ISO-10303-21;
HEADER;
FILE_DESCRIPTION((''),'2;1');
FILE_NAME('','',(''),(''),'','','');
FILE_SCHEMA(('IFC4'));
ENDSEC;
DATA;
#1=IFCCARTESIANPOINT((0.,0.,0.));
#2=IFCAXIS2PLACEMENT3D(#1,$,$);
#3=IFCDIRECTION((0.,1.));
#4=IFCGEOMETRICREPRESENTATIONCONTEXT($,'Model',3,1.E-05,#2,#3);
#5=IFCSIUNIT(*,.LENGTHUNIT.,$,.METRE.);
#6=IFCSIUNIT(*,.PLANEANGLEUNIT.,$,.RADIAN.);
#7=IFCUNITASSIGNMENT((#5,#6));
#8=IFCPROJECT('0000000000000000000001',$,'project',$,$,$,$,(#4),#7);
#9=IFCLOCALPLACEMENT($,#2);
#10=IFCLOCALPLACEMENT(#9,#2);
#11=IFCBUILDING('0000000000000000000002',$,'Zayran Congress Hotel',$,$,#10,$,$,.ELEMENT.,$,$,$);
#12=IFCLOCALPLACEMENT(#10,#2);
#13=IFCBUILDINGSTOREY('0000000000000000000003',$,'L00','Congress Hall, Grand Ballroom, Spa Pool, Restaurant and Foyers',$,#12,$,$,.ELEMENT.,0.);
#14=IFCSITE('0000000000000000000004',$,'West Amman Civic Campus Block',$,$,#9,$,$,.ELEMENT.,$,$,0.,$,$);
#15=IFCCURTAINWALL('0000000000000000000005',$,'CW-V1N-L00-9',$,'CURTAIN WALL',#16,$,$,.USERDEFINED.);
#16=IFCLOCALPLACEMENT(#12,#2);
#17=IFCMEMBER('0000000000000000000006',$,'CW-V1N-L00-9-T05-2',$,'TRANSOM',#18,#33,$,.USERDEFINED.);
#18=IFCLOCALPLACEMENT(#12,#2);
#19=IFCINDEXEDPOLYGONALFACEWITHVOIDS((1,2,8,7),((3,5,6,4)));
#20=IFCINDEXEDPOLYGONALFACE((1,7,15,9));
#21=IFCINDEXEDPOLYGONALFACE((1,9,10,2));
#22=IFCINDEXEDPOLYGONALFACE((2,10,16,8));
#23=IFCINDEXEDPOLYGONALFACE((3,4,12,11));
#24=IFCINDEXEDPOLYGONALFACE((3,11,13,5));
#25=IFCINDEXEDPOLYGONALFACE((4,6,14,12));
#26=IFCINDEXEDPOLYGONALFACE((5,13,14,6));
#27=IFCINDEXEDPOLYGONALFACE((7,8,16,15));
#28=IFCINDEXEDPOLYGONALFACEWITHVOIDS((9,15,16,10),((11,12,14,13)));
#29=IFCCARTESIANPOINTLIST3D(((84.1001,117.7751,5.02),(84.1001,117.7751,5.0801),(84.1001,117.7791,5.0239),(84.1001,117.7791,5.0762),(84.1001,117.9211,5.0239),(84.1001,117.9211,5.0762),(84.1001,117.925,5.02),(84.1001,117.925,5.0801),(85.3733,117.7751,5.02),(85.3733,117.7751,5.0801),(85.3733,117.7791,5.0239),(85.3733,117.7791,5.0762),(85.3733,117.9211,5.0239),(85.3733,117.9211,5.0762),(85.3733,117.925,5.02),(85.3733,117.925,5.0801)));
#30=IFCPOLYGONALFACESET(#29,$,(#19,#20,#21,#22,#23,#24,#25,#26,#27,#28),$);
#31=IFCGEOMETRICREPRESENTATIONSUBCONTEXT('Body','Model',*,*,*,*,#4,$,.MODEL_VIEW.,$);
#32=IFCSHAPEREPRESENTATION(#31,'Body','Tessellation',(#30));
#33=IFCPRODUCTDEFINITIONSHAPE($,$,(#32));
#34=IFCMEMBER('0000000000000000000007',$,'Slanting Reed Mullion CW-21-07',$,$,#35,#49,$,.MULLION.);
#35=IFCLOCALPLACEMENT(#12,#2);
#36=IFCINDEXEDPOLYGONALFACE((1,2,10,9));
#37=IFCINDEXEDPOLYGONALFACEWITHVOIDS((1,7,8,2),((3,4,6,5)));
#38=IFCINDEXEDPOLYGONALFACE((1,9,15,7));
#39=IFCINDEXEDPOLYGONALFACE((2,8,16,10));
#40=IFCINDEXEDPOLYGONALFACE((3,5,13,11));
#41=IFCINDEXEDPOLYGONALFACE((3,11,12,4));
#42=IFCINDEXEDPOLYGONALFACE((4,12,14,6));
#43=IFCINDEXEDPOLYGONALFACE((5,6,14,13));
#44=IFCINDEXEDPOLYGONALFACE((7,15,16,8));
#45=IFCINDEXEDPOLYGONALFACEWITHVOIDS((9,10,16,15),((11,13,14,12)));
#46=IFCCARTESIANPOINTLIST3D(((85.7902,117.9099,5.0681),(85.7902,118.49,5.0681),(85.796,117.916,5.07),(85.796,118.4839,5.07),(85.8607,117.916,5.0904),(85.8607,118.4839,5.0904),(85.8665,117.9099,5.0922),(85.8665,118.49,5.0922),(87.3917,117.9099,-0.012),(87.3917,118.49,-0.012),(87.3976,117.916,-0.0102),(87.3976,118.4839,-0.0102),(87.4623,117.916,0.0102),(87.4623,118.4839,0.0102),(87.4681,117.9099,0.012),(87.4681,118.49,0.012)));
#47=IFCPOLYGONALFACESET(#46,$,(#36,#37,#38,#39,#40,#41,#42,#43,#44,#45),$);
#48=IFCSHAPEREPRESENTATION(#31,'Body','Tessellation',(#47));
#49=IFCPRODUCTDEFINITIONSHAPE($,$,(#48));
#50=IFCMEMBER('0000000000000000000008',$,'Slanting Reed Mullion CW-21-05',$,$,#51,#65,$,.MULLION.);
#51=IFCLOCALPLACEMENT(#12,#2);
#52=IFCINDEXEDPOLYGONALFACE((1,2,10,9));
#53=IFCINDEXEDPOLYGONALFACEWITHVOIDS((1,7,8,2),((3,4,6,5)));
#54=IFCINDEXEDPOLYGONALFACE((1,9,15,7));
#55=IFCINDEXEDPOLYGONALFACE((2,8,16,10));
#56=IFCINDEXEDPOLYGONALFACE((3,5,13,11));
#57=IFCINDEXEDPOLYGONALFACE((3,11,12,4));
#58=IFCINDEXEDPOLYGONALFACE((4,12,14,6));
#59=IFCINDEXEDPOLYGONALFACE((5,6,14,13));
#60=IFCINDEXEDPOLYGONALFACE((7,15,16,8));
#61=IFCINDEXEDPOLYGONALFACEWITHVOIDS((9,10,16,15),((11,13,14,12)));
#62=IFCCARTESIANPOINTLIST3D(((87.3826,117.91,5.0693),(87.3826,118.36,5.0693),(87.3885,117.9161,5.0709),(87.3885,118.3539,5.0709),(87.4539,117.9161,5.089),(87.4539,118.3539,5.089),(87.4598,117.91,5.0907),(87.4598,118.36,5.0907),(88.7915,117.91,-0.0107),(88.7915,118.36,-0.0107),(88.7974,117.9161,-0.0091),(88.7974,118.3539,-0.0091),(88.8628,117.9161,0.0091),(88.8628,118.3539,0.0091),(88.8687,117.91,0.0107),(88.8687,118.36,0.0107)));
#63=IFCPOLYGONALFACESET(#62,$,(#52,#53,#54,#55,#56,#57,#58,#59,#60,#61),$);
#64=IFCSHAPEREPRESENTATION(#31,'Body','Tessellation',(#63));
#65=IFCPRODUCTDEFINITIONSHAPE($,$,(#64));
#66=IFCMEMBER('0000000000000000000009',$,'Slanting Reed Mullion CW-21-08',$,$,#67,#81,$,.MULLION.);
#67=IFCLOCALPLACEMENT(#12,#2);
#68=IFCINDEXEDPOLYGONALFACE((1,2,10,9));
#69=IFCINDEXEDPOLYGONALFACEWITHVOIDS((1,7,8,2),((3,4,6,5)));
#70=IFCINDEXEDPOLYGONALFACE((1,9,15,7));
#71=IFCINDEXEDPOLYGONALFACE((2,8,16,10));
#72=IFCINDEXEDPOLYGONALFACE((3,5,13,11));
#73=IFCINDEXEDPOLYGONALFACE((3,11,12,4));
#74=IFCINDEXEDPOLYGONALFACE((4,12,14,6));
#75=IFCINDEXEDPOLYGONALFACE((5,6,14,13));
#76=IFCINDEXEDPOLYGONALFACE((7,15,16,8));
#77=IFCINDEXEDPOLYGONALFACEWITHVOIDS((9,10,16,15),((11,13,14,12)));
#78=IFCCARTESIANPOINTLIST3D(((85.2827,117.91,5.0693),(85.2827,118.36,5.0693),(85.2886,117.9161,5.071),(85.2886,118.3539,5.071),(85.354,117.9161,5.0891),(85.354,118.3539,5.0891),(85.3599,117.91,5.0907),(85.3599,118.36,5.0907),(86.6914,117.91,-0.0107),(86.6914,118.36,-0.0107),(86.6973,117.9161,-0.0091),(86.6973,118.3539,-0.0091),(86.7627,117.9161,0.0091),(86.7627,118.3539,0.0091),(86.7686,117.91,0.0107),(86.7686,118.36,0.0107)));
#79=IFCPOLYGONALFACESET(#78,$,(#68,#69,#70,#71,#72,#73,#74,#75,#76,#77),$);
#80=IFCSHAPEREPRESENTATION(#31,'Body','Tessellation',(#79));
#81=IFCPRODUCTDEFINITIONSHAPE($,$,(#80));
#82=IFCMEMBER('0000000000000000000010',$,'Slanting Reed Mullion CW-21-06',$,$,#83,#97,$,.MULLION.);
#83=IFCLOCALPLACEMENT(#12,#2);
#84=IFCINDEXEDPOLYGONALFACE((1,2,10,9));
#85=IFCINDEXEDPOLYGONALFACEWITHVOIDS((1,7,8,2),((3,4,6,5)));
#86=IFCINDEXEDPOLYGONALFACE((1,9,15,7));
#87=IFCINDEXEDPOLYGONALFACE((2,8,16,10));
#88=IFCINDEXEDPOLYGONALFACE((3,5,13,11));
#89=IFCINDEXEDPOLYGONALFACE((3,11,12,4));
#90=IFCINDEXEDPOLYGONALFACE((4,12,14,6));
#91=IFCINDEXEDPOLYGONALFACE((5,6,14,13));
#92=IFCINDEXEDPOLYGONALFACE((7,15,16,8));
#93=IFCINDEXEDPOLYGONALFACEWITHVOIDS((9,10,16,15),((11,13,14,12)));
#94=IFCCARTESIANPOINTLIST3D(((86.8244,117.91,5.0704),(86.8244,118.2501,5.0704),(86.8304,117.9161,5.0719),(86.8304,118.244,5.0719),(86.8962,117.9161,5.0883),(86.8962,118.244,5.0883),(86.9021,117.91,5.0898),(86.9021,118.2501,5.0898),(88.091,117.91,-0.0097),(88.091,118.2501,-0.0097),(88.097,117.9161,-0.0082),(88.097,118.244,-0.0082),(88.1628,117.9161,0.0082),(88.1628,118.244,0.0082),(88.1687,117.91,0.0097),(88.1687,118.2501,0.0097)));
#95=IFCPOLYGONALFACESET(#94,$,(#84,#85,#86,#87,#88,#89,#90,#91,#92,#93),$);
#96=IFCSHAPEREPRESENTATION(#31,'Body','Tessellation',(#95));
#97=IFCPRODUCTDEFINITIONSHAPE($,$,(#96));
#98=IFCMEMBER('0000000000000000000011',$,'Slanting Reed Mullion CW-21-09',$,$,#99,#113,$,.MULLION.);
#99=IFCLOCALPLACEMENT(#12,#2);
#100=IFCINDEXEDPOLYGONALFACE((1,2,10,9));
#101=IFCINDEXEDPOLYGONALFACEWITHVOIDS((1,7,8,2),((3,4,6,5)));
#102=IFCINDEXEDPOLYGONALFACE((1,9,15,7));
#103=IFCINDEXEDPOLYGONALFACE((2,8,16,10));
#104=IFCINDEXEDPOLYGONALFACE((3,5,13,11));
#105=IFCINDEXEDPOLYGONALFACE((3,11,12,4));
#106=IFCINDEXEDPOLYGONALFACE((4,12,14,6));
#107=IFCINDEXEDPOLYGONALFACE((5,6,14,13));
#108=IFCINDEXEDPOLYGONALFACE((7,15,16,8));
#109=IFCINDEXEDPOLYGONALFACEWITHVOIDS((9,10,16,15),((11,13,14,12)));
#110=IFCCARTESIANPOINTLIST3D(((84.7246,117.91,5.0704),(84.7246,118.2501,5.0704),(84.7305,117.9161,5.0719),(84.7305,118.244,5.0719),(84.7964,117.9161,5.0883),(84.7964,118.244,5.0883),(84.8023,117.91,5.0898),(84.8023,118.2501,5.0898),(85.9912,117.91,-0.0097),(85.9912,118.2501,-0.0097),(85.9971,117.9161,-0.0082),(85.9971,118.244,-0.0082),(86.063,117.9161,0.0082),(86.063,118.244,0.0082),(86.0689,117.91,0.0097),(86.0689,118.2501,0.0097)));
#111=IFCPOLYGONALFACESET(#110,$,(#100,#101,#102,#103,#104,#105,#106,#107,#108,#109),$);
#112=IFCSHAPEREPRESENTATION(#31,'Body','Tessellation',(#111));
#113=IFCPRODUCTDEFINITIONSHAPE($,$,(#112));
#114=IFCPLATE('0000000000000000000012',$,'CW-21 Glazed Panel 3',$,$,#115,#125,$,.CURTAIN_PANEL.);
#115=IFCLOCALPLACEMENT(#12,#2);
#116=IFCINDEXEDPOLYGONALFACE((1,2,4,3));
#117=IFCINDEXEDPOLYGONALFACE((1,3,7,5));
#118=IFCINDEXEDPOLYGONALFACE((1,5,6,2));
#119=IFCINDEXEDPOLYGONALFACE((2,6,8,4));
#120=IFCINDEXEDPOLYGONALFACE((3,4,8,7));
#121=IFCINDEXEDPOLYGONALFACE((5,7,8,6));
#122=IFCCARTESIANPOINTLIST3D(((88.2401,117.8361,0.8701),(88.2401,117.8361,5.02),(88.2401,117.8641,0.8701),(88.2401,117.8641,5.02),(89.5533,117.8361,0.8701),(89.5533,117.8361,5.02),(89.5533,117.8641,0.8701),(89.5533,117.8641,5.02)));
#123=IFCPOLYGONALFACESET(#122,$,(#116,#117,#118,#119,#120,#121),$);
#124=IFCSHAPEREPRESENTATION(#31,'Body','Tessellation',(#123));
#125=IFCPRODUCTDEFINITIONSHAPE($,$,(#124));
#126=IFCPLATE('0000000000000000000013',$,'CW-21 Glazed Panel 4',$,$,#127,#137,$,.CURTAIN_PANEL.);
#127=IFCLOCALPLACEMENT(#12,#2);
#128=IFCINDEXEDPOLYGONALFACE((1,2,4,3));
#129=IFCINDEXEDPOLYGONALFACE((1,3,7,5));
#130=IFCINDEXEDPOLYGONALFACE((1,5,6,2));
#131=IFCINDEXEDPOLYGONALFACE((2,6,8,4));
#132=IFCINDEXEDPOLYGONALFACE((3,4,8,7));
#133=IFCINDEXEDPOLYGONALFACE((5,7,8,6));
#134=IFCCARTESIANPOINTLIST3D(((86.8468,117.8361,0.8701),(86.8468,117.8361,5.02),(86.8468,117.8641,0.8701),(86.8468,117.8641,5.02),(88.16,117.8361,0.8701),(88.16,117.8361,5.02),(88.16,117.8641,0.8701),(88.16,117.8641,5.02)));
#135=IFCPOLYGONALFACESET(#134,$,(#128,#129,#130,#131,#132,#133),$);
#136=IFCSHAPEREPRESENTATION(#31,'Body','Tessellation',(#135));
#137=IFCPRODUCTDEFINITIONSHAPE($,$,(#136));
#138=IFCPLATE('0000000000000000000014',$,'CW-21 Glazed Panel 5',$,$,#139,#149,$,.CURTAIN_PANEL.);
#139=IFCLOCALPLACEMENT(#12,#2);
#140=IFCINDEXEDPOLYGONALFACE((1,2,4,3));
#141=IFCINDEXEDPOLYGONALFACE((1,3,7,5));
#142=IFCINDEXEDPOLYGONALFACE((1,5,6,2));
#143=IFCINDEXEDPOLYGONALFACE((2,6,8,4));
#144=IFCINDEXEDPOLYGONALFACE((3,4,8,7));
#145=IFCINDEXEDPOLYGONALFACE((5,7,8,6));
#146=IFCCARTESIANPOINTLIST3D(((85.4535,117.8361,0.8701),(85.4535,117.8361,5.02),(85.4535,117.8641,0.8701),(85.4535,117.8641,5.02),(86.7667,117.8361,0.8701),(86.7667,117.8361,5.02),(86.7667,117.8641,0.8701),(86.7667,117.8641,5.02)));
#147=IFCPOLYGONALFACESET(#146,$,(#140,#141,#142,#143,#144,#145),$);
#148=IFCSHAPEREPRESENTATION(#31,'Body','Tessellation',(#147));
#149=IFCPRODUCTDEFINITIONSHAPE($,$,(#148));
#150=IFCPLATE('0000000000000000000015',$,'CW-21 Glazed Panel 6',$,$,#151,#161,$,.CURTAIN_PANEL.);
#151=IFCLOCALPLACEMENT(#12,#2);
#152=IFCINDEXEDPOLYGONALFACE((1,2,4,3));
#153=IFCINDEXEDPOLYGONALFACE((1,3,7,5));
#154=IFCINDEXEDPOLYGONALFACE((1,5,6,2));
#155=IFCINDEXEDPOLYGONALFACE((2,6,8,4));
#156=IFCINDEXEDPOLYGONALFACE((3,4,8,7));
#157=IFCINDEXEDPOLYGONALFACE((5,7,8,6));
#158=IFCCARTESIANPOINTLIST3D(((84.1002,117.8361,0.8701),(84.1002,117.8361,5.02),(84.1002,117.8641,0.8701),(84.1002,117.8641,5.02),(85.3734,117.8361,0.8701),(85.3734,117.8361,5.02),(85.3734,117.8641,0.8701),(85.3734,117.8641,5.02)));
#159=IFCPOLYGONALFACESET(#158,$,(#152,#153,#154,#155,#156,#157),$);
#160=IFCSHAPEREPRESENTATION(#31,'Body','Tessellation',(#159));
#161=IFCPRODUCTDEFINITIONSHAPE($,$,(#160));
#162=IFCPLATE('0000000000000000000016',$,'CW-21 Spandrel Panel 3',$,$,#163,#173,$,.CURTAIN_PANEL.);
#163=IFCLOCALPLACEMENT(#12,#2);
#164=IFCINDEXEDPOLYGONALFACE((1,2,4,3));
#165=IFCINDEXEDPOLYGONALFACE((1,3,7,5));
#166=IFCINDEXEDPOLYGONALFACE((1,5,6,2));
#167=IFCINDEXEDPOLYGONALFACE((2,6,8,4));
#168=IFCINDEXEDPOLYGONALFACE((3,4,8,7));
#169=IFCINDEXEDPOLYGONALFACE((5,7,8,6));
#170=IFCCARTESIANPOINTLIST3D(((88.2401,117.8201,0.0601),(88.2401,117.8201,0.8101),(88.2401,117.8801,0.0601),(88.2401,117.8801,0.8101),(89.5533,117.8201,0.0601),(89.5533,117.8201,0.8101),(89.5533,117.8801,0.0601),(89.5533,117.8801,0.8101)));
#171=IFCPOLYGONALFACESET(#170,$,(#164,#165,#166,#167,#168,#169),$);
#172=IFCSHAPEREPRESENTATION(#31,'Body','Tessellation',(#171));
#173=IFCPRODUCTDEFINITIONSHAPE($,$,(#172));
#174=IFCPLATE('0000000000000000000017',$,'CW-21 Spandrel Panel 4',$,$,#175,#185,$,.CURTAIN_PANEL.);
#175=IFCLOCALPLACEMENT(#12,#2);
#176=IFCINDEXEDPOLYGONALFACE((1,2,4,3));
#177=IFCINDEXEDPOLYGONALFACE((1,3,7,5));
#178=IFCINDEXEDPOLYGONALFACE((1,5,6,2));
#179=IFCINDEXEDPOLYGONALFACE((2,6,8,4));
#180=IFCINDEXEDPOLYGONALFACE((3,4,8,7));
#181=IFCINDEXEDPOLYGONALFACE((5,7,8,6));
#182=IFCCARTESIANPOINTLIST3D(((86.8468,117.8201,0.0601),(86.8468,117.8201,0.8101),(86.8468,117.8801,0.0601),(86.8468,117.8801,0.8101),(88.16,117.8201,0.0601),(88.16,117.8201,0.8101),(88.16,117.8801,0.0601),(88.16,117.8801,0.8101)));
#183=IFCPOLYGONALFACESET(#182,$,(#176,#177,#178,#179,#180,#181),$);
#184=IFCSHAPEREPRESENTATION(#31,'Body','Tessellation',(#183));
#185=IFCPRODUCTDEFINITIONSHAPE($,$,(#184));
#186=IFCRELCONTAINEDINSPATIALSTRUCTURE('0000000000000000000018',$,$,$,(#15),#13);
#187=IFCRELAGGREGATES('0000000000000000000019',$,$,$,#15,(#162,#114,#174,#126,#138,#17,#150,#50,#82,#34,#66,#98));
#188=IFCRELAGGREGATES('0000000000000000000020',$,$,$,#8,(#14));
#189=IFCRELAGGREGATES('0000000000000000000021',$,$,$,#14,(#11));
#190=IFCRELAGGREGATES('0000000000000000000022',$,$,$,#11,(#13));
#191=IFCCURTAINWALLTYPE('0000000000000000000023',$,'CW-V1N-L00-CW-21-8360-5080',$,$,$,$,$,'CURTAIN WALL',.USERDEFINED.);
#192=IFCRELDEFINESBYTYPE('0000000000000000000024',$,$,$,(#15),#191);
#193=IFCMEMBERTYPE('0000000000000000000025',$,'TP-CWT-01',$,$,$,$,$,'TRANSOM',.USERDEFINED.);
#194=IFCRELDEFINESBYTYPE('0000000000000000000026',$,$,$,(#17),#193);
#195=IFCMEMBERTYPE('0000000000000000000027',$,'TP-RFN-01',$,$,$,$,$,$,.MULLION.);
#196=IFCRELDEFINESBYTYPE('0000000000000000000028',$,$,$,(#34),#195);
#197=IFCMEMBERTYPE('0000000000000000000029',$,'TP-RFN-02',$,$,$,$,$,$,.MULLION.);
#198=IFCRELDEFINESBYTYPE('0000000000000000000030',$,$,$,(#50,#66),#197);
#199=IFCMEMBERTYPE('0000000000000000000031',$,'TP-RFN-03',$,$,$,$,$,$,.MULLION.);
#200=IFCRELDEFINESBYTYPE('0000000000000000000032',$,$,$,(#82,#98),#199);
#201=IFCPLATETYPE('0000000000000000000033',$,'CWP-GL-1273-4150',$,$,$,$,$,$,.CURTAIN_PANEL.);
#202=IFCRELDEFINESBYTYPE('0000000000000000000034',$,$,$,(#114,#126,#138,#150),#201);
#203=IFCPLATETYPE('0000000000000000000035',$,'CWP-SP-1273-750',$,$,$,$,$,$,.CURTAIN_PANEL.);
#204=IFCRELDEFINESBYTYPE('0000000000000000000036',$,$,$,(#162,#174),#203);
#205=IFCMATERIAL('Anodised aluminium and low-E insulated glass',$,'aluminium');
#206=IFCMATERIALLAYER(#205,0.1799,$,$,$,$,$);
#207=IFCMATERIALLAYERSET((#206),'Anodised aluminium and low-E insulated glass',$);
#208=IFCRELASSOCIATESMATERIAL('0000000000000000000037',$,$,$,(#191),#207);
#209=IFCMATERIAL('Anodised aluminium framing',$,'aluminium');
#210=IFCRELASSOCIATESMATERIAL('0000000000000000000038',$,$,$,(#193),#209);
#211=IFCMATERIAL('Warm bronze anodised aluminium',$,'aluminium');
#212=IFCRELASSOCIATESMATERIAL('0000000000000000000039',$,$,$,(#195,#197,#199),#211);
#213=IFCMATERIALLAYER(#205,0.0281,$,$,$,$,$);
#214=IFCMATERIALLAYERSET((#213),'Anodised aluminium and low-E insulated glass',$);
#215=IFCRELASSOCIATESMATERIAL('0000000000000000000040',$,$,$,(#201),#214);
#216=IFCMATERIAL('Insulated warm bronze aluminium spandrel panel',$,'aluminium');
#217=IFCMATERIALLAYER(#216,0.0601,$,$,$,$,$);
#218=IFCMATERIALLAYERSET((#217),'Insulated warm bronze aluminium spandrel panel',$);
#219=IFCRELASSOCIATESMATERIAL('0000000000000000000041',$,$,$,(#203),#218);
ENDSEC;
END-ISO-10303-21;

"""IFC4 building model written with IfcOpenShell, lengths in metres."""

from ifc_helpers import new_model, si_unit, direction, frame, origin, origin_2d, place, context, subcontext, project, spatial, rectangle, hollow_rectangle, extrude, material, layer, layer_set, material_profile, profile_set, type_object, element, aggregate, save


model = new_model("IFC4")

# Units and contexts
model_context = context("Model", 3, precision=1e-05, world=origin(), true_north=direction((0.0, 1.0)))
body_context = subcontext(model_context, "Body", "Model", "MODEL_VIEW")
ifc_project = project(units=[si_unit("LENGTHUNIT", "METRE"), si_unit("PLANEANGLEUNIT", "RADIAN")], contexts=[model_context])

# Site, building, storey
site_placement = place(None, origin())
site = spatial("IfcSite", under=ifc_project, at=site_placement, Name="West Amman Civic Campus Block", CompositionType="ELEMENT", RefElevation=0.0)
building_placement = place(site_placement, origin())
building = spatial("IfcBuilding", under=site, at=building_placement, Name="Zayran Congress Hotel", CompositionType="ELEMENT")
storey_placement = place(building_placement, origin())
storey = spatial("IfcBuildingStorey", under=building, at=storey_placement, Name="L00", Description="Congress Hall, Grand Ballroom, Spa Pool, Restaurant and Foyers", CompositionType="ELEMENT", Elevation=0.0)

# Curtain wall, members, plates
ifc_material_1 = material(Name="Anodised aluminium and low-E insulated glass", Category="aluminium")
ifc_layer_1 = layer(ifc_material_1, 0.1799)
ifc_layer_set_1 = layer_set([ifc_layer_1], Name="Anodised aluminium and low-E insulated glass")
curtain_wall_type = type_object("IfcCurtainWallType", Name="CW-V1N-L00-CW-21-8360-5080", ElementType="CURTAIN WALL", PredefinedType="USERDEFINED", material=ifc_layer_set_1)
curtain_wall_placement = place(storey_placement, origin())
curtain_wall = element("IfcCurtainWall", 1, at=curtain_wall_placement, inside=storey, type_object=curtain_wall_type, Name="CW-V1N-L00-9", ObjectType="CURTAIN WALL", PredefinedType="USERDEFINED")
ifc_material_2 = material(Name="Anodised aluminium framing", Category="aluminium")
ifc_material_profile_1 = material_profile(ifc_material_2, hollow_rectangle(XDim=0.0601, YDim=0.1499, WallThickness=0.0039, at=origin_2d()), Name="RHS 150x60x4")
ifc_profile_set_1 = profile_set([ifc_material_profile_1], Name="Anodised aluminium framing")
member_type_1 = type_object("IfcMemberType", Name="TP-CWT-01", ElementType="TRANSOM", PredefinedType="USERDEFINED", material=ifc_profile_set_1)
member_1_placement = place(storey_placement, frame((85.3733, 117.8501, 5.05), z_axis=(-1.0, 0.0, 0.0), x_axis=(0.0, 0.0, 1.0)))
member_1 = element("IfcMember", 2, at=member_1_placement, type_object=member_type_1, Name="CW-V1N-L00-9-T05-2", ObjectType="TRANSOM", PredefinedType="USERDEFINED", context=body_context, shape_type="SweptSolid", body=[
    extrude(hollow_rectangle(XDim=0.0601, YDim=0.1499, WallThickness=0.0039, at=origin_2d()), origin(), (0.0, 0.0, 1.0), 1.2732),
])
ifc_material_3 = material(Name="Warm bronze anodised aluminium", Category="aluminium")
ifc_material_profile_2 = material_profile(ifc_material_3, hollow_rectangle(XDim=0.0801, YDim=0.5801, WallThickness=0.0061, at=origin_2d()), Name="RHS 580x80x6")
ifc_profile_set_2 = profile_set([ifc_material_profile_2], Name="Warm bronze anodised aluminium")
member_type_2 = type_object("IfcMemberType", Name="TP-RFN-01", PredefinedType="MULLION", material=ifc_profile_set_2)
member_2_placement = place(storey_placement, frame((87.4299, 118.2, 0.0), z_axis=(-0.300675, 0.0, 0.953727), x_axis=(0.953727, 0.0, 0.300675)))
member_2 = element("IfcMember", 3, at=member_2_placement, type_object=member_type_2, Name="Slanting Reed Mullion CW-21-07", PredefinedType="MULLION", context=body_context, shape_type="SweptSolid", body=[
    extrude(hollow_rectangle(XDim=0.0801, YDim=0.5801, WallThickness=0.0061, at=origin_2d()), origin(), (0.0, 0.0, 1.0), 5.3267),
])
ifc_material_profile_3 = material_profile(ifc_material_3, hollow_rectangle(XDim=0.0801, YDim=0.45, WallThickness=0.0061, at=origin_2d()), Name="RHS 450x80x6")
ifc_profile_set_3 = profile_set([ifc_material_profile_3], Name="Warm bronze anodised aluminium")
member_type_3 = type_object("IfcMemberType", Name="TP-RFN-02", PredefinedType="MULLION", material=ifc_profile_set_3)
member_3_placement = place(storey_placement, frame((88.8301, 118.135, 0.0), z_axis=(-0.267257, 0.0, 0.963625), x_axis=(0.963625, 0.0, 0.267257)))
member_3 = element("IfcMember", 4, at=member_3_placement, type_object=member_type_3, Name="Slanting Reed Mullion CW-21-05", PredefinedType="MULLION", context=body_context, shape_type="SweptSolid", body=[
    extrude(hollow_rectangle(XDim=0.0801, YDim=0.45, WallThickness=0.0061, at=origin_2d()), origin(), (0.0, 0.0, 1.0), 5.2717),
])
member_4_placement = place(storey_placement, frame((86.73, 118.135, 0.0), z_axis=(-0.267214, 0.0, 0.963637), x_axis=(0.963637, 0.0, 0.267214)))
member_4 = element("IfcMember", 5, at=member_4_placement, type_object=member_type_3, Name="Slanting Reed Mullion CW-21-08", PredefinedType="MULLION", context=body_context, shape_type="SweptSolid", body=[
    extrude(hollow_rectangle(XDim=0.0801, YDim=0.45, WallThickness=0.0061, at=origin_2d()), origin(), (0.0, 0.0, 1.0), 5.2717),
])
ifc_material_profile_4 = material_profile(ifc_material_3, hollow_rectangle(XDim=0.0801, YDim=0.3401, WallThickness=0.0061, at=origin_2d()), Name="RHS 340x80x6")
ifc_profile_set_4 = profile_set([ifc_material_profile_4], Name="Warm bronze anodised aluminium")
member_type_4 = type_object("IfcMemberType", Name="TP-RFN-03", PredefinedType="MULLION", material=ifc_profile_set_4)
member_5_placement = place(storey_placement, frame((88.1299, 118.0801, 0.0), z_axis=(-0.241921, 0.0, 0.970296), x_axis=(0.970296, 0.0, 0.241921)))
member_5 = element("IfcMember", 6, at=member_5_placement, type_object=member_type_4, Name="Slanting Reed Mullion CW-21-06", PredefinedType="MULLION", context=body_context, shape_type="SweptSolid", body=[
    extrude(hollow_rectangle(XDim=0.0801, YDim=0.3401, WallThickness=0.0061, at=origin_2d()), origin(), (0.0, 0.0, 1.0), 5.2356),
])
member_6_placement = place(storey_placement, frame((86.03, 118.0801, 0.0), z_axis=(-0.241921, 0.0, 0.970296), x_axis=(0.970296, 0.0, 0.241921)))
member_6 = element("IfcMember", 7, at=member_6_placement, type_object=member_type_4, Name="Slanting Reed Mullion CW-21-09", PredefinedType="MULLION", context=body_context, shape_type="SweptSolid", body=[
    extrude(hollow_rectangle(XDim=0.0801, YDim=0.3401, WallThickness=0.0061, at=origin_2d()), origin(), (0.0, 0.0, 1.0), 5.2356),
])
ifc_layer_2 = layer(ifc_material_1, 0.0281)
ifc_layer_set_2 = layer_set([ifc_layer_2], Name="Anodised aluminium and low-E insulated glass")
plate_type_1 = type_object("IfcPlateType", Name="CWP-GL-1273-4150", PredefinedType="CURTAIN_PANEL", material=ifc_layer_set_2)
plate_1_placement = place(storey_placement, frame((88.8967, 117.8501, 0.8701), z_axis=(0.0, 0.0, 1.0), x_axis=(1.0, 0.0, 0.0)))
plate_1 = element("IfcPlate", 8, at=plate_1_placement, type_object=plate_type_1, Name="CW-21 Glazed Panel 3", PredefinedType="CURTAIN_PANEL", context=body_context, shape_type="SweptSolid", body=[
    extrude(rectangle(XDim=1.3132, YDim=0.0281, at=origin_2d()), origin(), (0.0, 0.0, 1.0), 4.1499),
])
plate_2_placement = place(storey_placement, frame((87.5034, 117.8501, 0.8701), z_axis=(0.0, 0.0, 1.0), x_axis=(1.0, 0.0, 0.0)))
plate_2 = element("IfcPlate", 9, at=plate_2_placement, type_object=plate_type_1, Name="CW-21 Glazed Panel 4", PredefinedType="CURTAIN_PANEL", context=body_context, shape_type="SweptSolid", body=[
    extrude(rectangle(XDim=1.3132, YDim=0.0281, at=origin_2d()), origin(), (0.0, 0.0, 1.0), 4.1499),
])
plate_3_placement = place(storey_placement, frame((86.1101, 117.8501, 0.8701), z_axis=(0.0, 0.0, 1.0), x_axis=(1.0, 0.0, 0.0)))
plate_3 = element("IfcPlate", 10, at=plate_3_placement, type_object=plate_type_1, Name="CW-21 Glazed Panel 5", PredefinedType="CURTAIN_PANEL", context=body_context, shape_type="SweptSolid", body=[
    extrude(rectangle(XDim=1.3132, YDim=0.0281, at=origin_2d()), origin(), (0.0, 0.0, 1.0), 4.1499),
])
plate_4_placement = place(storey_placement, frame((84.7368, 117.8501, 0.8701), z_axis=(0.0, 0.0, 1.0), x_axis=(1.0, 0.0, 0.0)))
plate_4 = element("IfcPlate", 11, at=plate_4_placement, type_object=plate_type_1, Name="CW-21 Glazed Panel 6", PredefinedType="CURTAIN_PANEL", context=body_context, shape_type="SweptSolid", body=[
    extrude(rectangle(XDim=1.2732, YDim=0.0281, at=origin_2d()), origin(), (0.0, 0.0, 1.0), 4.1499),
])
ifc_material_4 = material(Name="Insulated warm bronze aluminium spandrel panel", Category="aluminium")
ifc_layer_3 = layer(ifc_material_4, 0.0601)
ifc_layer_set_3 = layer_set([ifc_layer_3], Name="Insulated warm bronze aluminium spandrel panel")
plate_type_2 = type_object("IfcPlateType", Name="CWP-SP-1273-750", PredefinedType="CURTAIN_PANEL", material=ifc_layer_set_3)
plate_5_placement = place(storey_placement, frame((88.8967, 117.8501, 0.0601), z_axis=(0.0, 0.0, 1.0), x_axis=(1.0, 0.0, 0.0)))
plate_5 = element("IfcPlate", 12, at=plate_5_placement, type_object=plate_type_2, Name="CW-21 Spandrel Panel 3", PredefinedType="CURTAIN_PANEL", context=body_context, shape_type="SweptSolid", body=[
    extrude(rectangle(XDim=1.3132, YDim=0.0601, at=origin_2d()), origin(), (0.0, 0.0, 1.0), 0.75),
])
plate_6_placement = place(storey_placement, frame((87.5034, 117.8501, 0.0601), z_axis=(0.0, 0.0, 1.0), x_axis=(1.0, 0.0, 0.0)))
plate_6 = element("IfcPlate", 13, at=plate_6_placement, type_object=plate_type_2, Name="CW-21 Spandrel Panel 4", PredefinedType="CURTAIN_PANEL", context=body_context, shape_type="SweptSolid", body=[
    extrude(rectangle(XDim=1.3132, YDim=0.0601, at=origin_2d()), origin(), (0.0, 0.0, 1.0), 0.75),
])
aggregate(curtain_wall, [plate_5, plate_1, plate_6, plate_2, plate_3, member_1, plate_4, member_3, member_5, member_2, member_4, member_6])

save(model, "model.ifc")
